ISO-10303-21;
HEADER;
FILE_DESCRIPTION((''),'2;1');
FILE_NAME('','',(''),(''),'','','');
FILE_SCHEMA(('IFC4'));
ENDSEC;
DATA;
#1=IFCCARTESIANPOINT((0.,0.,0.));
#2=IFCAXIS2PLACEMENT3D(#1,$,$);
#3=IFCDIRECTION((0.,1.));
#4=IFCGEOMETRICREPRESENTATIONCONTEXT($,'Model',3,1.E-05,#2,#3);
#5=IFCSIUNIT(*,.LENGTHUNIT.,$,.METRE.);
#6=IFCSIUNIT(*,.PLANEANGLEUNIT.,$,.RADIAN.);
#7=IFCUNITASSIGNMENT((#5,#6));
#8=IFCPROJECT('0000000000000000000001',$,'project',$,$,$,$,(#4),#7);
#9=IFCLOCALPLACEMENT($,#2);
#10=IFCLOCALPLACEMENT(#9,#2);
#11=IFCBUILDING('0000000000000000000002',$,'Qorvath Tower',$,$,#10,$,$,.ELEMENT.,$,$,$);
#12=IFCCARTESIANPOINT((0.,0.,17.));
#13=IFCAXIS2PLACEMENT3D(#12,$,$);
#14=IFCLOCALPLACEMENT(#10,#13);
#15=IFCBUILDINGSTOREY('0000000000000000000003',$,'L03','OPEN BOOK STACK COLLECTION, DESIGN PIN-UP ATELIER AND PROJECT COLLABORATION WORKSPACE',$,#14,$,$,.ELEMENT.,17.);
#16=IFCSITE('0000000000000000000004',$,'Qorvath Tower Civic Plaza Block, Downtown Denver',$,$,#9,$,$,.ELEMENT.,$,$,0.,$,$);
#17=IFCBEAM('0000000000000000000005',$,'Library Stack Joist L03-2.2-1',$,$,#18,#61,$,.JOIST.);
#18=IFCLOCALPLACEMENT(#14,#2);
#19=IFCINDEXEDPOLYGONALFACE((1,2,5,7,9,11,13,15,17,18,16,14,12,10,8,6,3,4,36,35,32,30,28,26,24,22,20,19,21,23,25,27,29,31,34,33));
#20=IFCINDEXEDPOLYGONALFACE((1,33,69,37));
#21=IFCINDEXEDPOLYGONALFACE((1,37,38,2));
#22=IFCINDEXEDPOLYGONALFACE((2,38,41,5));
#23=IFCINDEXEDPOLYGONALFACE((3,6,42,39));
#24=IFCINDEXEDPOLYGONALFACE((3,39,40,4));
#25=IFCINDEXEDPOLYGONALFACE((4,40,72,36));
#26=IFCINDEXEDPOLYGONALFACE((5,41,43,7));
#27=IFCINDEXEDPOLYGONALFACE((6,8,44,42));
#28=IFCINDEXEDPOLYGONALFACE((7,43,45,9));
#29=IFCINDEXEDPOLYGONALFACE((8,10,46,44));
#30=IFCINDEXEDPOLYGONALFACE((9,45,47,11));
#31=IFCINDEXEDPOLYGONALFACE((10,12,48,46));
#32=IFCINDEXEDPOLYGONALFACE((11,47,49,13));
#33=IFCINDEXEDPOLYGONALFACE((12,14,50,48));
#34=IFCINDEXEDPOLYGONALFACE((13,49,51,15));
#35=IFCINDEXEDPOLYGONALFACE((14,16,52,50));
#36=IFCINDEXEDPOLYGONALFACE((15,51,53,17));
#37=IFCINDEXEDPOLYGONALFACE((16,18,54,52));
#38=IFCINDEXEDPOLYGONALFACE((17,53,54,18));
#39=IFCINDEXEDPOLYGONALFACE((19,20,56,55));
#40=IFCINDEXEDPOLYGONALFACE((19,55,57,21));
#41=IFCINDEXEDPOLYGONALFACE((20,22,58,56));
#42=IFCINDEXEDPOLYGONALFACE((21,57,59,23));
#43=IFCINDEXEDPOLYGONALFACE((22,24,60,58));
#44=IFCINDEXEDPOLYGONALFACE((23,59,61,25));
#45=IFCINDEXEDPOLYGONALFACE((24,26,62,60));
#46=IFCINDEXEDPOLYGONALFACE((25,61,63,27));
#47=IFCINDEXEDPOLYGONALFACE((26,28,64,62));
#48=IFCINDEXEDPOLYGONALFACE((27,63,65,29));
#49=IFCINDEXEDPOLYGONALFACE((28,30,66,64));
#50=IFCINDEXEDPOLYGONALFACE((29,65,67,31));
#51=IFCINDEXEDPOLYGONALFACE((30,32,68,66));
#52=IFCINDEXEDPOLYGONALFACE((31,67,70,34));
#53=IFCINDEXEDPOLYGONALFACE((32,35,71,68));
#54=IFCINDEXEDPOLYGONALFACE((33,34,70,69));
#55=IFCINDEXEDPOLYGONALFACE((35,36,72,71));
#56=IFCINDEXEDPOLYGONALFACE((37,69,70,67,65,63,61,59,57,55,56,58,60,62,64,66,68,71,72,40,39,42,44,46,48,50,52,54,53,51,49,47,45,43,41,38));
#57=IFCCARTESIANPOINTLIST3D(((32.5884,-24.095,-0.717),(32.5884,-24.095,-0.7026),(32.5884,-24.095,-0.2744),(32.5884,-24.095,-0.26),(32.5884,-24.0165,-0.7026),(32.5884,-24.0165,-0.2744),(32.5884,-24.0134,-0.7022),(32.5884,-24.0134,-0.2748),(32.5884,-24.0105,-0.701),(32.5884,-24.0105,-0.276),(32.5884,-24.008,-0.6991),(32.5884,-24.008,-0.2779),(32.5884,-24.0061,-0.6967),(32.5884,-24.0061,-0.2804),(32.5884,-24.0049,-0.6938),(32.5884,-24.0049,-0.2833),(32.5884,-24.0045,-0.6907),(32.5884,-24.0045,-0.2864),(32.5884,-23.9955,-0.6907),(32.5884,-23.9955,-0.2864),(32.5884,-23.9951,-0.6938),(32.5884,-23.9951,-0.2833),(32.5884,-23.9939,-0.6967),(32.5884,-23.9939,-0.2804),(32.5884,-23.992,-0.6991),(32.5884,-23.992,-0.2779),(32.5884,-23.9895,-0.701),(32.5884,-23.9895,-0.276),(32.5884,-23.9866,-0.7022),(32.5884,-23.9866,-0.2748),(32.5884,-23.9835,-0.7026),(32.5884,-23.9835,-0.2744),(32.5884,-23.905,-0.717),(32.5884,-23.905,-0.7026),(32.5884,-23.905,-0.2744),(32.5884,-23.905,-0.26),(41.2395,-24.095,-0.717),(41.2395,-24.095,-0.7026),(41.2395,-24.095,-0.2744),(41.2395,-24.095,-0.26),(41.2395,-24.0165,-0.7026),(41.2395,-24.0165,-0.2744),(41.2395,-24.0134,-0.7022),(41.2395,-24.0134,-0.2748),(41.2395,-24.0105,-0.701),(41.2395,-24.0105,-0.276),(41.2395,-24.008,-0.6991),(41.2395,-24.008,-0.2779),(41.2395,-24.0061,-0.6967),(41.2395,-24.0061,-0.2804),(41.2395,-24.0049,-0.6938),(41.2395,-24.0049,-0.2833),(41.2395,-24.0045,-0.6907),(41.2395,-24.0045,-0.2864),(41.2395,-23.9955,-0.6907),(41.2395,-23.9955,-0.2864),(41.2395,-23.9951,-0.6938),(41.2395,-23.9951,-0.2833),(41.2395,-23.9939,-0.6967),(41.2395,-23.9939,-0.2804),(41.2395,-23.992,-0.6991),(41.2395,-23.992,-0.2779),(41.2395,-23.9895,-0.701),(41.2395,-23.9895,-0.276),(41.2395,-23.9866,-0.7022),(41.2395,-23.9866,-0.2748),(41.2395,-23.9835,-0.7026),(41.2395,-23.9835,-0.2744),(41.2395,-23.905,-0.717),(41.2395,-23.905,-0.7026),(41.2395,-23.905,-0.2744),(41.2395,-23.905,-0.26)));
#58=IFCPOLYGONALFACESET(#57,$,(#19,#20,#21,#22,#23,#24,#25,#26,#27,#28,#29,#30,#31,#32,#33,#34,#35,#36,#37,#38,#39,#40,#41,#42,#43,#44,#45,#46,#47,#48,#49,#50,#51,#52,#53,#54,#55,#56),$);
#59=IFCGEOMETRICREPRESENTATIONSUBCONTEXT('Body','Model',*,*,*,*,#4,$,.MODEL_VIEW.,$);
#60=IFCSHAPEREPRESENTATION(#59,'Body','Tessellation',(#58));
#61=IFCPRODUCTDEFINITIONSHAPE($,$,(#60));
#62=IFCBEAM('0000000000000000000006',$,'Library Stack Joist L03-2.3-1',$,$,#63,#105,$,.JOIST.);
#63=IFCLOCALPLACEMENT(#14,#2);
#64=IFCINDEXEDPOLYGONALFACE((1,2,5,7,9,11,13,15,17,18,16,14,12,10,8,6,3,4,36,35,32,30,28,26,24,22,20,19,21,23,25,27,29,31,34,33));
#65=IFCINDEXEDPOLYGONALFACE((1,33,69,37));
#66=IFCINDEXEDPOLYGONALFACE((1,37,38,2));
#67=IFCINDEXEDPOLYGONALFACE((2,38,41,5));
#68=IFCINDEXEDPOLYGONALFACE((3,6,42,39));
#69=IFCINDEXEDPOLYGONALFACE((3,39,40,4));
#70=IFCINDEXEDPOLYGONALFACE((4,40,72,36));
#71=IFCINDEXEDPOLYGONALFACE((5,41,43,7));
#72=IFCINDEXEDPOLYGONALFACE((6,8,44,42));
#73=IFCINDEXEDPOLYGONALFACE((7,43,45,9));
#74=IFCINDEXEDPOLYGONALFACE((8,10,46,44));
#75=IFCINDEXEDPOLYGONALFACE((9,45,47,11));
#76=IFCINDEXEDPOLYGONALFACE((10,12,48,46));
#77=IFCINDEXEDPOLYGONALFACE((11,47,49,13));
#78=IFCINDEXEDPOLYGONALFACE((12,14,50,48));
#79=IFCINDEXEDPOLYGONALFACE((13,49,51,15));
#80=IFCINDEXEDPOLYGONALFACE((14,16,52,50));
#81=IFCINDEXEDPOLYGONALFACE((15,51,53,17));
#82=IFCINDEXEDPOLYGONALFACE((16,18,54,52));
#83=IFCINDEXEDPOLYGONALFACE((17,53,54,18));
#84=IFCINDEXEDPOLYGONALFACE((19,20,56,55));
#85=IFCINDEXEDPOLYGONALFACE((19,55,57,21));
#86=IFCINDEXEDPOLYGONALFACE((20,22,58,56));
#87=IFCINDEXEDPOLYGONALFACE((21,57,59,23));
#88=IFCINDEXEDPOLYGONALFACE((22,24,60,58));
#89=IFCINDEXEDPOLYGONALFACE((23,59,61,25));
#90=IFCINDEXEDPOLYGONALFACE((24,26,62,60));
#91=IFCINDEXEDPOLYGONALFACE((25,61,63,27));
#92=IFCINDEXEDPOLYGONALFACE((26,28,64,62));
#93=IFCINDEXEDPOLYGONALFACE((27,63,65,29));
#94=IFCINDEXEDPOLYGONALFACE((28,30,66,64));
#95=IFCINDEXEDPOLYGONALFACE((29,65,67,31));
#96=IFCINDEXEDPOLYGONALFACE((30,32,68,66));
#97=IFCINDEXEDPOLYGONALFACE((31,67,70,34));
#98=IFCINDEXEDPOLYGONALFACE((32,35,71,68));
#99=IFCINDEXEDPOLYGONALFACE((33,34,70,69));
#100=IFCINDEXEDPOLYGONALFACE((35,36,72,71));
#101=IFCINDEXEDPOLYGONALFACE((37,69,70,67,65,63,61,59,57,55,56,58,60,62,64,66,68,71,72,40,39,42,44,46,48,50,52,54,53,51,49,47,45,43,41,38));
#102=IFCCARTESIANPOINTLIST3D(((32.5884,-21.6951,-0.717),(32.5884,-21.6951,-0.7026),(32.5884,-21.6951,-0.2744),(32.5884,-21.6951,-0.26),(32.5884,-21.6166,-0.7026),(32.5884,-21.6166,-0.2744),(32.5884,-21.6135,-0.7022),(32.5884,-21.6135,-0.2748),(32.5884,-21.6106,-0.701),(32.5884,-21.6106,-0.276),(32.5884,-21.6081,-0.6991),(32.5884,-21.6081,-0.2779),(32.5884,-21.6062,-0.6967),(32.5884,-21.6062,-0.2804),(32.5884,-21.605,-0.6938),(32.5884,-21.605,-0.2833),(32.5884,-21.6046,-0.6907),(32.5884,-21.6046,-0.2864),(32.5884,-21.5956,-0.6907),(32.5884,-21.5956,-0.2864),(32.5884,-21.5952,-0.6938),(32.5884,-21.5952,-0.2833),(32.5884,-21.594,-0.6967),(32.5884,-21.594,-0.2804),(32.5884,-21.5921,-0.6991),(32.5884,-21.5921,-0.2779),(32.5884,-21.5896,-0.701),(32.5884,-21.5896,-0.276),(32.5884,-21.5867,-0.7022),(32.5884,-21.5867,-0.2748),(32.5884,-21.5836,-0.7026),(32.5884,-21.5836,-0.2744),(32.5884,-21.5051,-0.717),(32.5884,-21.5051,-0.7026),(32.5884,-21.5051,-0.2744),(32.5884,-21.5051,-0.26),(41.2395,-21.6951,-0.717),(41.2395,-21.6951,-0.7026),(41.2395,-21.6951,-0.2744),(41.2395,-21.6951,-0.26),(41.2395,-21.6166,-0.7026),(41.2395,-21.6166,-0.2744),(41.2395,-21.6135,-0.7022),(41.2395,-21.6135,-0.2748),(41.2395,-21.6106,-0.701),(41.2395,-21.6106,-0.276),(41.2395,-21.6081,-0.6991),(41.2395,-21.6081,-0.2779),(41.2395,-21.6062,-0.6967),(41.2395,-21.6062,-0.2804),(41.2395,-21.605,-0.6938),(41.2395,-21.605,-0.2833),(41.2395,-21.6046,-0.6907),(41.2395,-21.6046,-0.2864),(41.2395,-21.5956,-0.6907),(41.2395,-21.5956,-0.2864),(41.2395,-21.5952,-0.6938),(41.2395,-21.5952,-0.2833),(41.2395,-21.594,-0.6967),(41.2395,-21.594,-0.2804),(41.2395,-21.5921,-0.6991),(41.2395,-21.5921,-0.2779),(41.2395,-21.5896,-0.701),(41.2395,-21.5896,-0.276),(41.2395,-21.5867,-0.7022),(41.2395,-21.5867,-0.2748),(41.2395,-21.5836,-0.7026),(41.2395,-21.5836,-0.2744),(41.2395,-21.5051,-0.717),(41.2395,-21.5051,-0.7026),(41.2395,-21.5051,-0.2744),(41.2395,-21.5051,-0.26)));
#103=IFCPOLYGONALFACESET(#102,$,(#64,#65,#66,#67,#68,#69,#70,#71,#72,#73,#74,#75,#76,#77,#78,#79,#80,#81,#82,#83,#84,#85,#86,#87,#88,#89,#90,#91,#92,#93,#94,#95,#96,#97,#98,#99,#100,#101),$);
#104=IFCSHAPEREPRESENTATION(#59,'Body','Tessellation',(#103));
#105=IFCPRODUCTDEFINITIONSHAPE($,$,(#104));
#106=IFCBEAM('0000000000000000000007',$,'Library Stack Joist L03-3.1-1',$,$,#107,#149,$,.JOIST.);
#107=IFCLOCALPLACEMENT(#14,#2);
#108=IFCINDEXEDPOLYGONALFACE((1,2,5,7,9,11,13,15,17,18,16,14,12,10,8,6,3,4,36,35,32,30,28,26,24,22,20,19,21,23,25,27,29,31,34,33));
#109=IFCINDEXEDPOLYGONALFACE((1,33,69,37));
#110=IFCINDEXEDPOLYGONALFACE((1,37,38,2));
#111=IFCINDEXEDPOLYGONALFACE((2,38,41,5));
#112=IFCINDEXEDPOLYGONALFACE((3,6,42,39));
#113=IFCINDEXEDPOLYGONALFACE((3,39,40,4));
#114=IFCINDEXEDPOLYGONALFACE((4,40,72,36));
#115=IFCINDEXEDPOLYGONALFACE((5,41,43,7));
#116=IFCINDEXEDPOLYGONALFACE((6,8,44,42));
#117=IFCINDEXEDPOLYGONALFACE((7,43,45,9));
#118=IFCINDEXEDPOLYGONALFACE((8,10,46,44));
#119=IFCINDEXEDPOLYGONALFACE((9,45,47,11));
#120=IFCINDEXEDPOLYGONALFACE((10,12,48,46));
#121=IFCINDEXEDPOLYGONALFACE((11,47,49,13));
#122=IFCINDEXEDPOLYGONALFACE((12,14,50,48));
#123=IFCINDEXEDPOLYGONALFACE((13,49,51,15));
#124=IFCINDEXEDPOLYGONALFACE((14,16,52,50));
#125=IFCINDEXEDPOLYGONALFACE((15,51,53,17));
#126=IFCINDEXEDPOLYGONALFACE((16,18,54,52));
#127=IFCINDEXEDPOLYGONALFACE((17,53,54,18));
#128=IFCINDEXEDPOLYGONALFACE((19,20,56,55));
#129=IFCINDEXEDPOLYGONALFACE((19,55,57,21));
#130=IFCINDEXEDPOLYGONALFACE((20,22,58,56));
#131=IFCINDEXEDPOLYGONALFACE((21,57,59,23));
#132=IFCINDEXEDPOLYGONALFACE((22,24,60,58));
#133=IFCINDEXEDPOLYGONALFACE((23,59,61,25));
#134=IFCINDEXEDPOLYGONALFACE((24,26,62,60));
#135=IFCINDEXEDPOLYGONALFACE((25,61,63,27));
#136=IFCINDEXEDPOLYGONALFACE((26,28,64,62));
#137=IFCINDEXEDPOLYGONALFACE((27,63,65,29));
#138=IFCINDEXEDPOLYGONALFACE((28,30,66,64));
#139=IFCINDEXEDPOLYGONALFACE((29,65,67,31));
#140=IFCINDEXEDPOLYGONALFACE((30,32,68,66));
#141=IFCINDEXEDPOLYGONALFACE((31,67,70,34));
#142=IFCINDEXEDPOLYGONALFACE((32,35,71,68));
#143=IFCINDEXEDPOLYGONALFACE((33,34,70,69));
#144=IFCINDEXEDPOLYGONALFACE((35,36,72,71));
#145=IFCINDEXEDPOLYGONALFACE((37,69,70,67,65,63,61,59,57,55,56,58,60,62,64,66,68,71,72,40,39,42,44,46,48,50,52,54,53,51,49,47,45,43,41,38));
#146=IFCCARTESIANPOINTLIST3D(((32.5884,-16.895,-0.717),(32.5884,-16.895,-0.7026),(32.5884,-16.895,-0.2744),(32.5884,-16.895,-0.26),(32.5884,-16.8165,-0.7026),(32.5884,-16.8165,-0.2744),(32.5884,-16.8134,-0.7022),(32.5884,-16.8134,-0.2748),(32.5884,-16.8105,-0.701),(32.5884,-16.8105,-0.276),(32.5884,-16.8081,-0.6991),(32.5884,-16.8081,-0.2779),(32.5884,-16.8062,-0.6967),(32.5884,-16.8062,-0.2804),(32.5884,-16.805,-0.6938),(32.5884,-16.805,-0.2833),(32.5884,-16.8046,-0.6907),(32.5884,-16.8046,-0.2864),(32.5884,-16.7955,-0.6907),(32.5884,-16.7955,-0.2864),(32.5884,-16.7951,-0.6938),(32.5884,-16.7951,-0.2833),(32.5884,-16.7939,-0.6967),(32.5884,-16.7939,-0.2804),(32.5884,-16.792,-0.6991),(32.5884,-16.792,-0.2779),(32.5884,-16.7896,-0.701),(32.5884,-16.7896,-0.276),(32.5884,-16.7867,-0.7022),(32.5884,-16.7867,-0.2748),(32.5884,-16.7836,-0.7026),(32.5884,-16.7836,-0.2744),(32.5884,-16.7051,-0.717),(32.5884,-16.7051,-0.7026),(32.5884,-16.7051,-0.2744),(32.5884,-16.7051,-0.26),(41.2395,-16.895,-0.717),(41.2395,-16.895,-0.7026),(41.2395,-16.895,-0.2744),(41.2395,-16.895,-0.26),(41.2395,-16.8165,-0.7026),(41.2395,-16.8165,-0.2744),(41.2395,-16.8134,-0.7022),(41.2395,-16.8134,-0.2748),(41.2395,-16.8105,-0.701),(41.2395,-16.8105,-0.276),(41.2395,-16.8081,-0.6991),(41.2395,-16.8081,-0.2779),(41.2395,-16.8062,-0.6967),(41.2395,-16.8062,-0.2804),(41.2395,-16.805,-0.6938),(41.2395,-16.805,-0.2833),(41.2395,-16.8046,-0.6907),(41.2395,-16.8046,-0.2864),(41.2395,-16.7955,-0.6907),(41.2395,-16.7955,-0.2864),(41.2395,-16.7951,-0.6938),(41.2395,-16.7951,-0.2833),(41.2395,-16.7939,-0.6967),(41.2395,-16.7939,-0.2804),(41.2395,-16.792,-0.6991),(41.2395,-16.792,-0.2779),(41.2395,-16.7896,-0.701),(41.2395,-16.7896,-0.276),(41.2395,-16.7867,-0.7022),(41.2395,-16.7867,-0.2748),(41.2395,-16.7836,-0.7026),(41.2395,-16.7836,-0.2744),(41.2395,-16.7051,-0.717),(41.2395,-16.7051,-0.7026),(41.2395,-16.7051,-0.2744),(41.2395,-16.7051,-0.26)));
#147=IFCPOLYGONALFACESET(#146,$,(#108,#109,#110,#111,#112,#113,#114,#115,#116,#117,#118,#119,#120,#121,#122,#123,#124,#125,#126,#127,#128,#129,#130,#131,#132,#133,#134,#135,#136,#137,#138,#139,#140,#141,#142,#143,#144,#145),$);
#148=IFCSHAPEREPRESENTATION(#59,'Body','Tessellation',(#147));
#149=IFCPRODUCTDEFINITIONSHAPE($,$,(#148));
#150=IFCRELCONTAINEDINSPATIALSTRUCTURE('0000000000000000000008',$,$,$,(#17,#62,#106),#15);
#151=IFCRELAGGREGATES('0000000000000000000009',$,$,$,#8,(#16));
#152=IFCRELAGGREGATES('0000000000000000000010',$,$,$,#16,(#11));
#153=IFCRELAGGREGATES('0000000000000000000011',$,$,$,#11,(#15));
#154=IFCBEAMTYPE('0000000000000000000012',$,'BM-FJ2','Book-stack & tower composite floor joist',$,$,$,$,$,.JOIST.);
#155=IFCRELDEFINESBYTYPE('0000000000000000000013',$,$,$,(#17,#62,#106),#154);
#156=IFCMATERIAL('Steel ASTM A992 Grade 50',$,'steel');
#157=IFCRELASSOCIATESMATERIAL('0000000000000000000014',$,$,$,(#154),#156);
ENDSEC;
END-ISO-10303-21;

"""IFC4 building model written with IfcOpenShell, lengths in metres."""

from ifc_helpers import new_model, si_unit, direction, frame, origin, origin_2d, place, context, subcontext, project, spatial, i_section, extrude, material, material_profile, profile_set, type_object, element, save


model = new_model("IFC4")

# Units and contexts
model_context = context("Model", 3, precision=1e-05, world=origin(), true_north=direction((0.0, 1.0)))
body_context = subcontext(model_context, "Body", "Model", "MODEL_VIEW")
ifc_project = project(units=[si_unit("LENGTHUNIT", "METRE"), si_unit("PLANEANGLEUNIT", "RADIAN")], contexts=[model_context])

# Site, building, storey
site_placement = place(None, origin())
site = spatial("IfcSite", under=ifc_project, at=site_placement, Name="Qorvath Tower Civic Plaza Block, Downtown Denver", CompositionType="ELEMENT", RefElevation=0.0)
building_placement = place(site_placement, origin())
building = spatial("IfcBuilding", under=site, at=building_placement, Name="Qorvath Tower", CompositionType="ELEMENT")
storey_placement = place(building_placement, frame((0.0, 0.0, 17.0)))
storey = spatial("IfcBuildingStorey", under=building, at=storey_placement, Name="L03", Description="OPEN BOOK STACK COLLECTION, DESIGN PIN-UP ATELIER AND PROJECT COLLABORATION WORKSPACE", CompositionType="ELEMENT", Elevation=17.0)

# Beams
ifc_material_1 = material(Name="Steel ASTM A992 Grade 50", Category="steel")
ifc_material_profile_1 = material_profile(ifc_material_1, i_section(OverallWidth=0.1899, OverallDepth=0.457, WebThickness=0.009, FlangeThickness=0.0144, FilletRadius=0.012, at=origin_2d()), Name="W18x50")
ifc_profile_set_1 = profile_set([ifc_material_profile_1], Name="Steel ASTM A992 Grade 50")
beam_type_1 = type_object("IfcBeamType", Name="BM-FJ2", Description="Book-stack & tower composite floor joist", PredefinedType="JOIST", material=ifc_profile_set_1)
for number, where, z_axis, x_axis, name in (
    (1, (32.5884, -24.0, -0.4885), (1.0, 0.0, 0.0), (0.0, 1.0, 0.0), "Library Stack Joist L03-2.2-1"),
    (2, (32.5884, -21.6001, -0.4885), (1.0, 0.0, 0.0), (0.0, 1.0, 0.0), "Library Stack Joist L03-2.3-1"),
    (3, (32.5884, -16.8, -0.4885), (1.0, 0.0, 0.0), (0.0, 1.0, 0.0), "Library Stack Joist L03-3.1-1"),
):
    element("IfcBeam", number, at=place(storey_placement, frame(where, z_axis=z_axis, x_axis=x_axis)), inside=storey, type_object=beam_type_1, Name=name, PredefinedType="JOIST", context=body_context, shape_type="SweptSolid", body=[
        extrude(i_section(OverallWidth=0.1899, OverallDepth=0.457, WebThickness=0.009, FlangeThickness=0.0144, FilletRadius=0.012, at=origin_2d()), origin(), (0.0, 0.0, 1.0), 8.6511),
    ])

save(model, "model.ifc")
